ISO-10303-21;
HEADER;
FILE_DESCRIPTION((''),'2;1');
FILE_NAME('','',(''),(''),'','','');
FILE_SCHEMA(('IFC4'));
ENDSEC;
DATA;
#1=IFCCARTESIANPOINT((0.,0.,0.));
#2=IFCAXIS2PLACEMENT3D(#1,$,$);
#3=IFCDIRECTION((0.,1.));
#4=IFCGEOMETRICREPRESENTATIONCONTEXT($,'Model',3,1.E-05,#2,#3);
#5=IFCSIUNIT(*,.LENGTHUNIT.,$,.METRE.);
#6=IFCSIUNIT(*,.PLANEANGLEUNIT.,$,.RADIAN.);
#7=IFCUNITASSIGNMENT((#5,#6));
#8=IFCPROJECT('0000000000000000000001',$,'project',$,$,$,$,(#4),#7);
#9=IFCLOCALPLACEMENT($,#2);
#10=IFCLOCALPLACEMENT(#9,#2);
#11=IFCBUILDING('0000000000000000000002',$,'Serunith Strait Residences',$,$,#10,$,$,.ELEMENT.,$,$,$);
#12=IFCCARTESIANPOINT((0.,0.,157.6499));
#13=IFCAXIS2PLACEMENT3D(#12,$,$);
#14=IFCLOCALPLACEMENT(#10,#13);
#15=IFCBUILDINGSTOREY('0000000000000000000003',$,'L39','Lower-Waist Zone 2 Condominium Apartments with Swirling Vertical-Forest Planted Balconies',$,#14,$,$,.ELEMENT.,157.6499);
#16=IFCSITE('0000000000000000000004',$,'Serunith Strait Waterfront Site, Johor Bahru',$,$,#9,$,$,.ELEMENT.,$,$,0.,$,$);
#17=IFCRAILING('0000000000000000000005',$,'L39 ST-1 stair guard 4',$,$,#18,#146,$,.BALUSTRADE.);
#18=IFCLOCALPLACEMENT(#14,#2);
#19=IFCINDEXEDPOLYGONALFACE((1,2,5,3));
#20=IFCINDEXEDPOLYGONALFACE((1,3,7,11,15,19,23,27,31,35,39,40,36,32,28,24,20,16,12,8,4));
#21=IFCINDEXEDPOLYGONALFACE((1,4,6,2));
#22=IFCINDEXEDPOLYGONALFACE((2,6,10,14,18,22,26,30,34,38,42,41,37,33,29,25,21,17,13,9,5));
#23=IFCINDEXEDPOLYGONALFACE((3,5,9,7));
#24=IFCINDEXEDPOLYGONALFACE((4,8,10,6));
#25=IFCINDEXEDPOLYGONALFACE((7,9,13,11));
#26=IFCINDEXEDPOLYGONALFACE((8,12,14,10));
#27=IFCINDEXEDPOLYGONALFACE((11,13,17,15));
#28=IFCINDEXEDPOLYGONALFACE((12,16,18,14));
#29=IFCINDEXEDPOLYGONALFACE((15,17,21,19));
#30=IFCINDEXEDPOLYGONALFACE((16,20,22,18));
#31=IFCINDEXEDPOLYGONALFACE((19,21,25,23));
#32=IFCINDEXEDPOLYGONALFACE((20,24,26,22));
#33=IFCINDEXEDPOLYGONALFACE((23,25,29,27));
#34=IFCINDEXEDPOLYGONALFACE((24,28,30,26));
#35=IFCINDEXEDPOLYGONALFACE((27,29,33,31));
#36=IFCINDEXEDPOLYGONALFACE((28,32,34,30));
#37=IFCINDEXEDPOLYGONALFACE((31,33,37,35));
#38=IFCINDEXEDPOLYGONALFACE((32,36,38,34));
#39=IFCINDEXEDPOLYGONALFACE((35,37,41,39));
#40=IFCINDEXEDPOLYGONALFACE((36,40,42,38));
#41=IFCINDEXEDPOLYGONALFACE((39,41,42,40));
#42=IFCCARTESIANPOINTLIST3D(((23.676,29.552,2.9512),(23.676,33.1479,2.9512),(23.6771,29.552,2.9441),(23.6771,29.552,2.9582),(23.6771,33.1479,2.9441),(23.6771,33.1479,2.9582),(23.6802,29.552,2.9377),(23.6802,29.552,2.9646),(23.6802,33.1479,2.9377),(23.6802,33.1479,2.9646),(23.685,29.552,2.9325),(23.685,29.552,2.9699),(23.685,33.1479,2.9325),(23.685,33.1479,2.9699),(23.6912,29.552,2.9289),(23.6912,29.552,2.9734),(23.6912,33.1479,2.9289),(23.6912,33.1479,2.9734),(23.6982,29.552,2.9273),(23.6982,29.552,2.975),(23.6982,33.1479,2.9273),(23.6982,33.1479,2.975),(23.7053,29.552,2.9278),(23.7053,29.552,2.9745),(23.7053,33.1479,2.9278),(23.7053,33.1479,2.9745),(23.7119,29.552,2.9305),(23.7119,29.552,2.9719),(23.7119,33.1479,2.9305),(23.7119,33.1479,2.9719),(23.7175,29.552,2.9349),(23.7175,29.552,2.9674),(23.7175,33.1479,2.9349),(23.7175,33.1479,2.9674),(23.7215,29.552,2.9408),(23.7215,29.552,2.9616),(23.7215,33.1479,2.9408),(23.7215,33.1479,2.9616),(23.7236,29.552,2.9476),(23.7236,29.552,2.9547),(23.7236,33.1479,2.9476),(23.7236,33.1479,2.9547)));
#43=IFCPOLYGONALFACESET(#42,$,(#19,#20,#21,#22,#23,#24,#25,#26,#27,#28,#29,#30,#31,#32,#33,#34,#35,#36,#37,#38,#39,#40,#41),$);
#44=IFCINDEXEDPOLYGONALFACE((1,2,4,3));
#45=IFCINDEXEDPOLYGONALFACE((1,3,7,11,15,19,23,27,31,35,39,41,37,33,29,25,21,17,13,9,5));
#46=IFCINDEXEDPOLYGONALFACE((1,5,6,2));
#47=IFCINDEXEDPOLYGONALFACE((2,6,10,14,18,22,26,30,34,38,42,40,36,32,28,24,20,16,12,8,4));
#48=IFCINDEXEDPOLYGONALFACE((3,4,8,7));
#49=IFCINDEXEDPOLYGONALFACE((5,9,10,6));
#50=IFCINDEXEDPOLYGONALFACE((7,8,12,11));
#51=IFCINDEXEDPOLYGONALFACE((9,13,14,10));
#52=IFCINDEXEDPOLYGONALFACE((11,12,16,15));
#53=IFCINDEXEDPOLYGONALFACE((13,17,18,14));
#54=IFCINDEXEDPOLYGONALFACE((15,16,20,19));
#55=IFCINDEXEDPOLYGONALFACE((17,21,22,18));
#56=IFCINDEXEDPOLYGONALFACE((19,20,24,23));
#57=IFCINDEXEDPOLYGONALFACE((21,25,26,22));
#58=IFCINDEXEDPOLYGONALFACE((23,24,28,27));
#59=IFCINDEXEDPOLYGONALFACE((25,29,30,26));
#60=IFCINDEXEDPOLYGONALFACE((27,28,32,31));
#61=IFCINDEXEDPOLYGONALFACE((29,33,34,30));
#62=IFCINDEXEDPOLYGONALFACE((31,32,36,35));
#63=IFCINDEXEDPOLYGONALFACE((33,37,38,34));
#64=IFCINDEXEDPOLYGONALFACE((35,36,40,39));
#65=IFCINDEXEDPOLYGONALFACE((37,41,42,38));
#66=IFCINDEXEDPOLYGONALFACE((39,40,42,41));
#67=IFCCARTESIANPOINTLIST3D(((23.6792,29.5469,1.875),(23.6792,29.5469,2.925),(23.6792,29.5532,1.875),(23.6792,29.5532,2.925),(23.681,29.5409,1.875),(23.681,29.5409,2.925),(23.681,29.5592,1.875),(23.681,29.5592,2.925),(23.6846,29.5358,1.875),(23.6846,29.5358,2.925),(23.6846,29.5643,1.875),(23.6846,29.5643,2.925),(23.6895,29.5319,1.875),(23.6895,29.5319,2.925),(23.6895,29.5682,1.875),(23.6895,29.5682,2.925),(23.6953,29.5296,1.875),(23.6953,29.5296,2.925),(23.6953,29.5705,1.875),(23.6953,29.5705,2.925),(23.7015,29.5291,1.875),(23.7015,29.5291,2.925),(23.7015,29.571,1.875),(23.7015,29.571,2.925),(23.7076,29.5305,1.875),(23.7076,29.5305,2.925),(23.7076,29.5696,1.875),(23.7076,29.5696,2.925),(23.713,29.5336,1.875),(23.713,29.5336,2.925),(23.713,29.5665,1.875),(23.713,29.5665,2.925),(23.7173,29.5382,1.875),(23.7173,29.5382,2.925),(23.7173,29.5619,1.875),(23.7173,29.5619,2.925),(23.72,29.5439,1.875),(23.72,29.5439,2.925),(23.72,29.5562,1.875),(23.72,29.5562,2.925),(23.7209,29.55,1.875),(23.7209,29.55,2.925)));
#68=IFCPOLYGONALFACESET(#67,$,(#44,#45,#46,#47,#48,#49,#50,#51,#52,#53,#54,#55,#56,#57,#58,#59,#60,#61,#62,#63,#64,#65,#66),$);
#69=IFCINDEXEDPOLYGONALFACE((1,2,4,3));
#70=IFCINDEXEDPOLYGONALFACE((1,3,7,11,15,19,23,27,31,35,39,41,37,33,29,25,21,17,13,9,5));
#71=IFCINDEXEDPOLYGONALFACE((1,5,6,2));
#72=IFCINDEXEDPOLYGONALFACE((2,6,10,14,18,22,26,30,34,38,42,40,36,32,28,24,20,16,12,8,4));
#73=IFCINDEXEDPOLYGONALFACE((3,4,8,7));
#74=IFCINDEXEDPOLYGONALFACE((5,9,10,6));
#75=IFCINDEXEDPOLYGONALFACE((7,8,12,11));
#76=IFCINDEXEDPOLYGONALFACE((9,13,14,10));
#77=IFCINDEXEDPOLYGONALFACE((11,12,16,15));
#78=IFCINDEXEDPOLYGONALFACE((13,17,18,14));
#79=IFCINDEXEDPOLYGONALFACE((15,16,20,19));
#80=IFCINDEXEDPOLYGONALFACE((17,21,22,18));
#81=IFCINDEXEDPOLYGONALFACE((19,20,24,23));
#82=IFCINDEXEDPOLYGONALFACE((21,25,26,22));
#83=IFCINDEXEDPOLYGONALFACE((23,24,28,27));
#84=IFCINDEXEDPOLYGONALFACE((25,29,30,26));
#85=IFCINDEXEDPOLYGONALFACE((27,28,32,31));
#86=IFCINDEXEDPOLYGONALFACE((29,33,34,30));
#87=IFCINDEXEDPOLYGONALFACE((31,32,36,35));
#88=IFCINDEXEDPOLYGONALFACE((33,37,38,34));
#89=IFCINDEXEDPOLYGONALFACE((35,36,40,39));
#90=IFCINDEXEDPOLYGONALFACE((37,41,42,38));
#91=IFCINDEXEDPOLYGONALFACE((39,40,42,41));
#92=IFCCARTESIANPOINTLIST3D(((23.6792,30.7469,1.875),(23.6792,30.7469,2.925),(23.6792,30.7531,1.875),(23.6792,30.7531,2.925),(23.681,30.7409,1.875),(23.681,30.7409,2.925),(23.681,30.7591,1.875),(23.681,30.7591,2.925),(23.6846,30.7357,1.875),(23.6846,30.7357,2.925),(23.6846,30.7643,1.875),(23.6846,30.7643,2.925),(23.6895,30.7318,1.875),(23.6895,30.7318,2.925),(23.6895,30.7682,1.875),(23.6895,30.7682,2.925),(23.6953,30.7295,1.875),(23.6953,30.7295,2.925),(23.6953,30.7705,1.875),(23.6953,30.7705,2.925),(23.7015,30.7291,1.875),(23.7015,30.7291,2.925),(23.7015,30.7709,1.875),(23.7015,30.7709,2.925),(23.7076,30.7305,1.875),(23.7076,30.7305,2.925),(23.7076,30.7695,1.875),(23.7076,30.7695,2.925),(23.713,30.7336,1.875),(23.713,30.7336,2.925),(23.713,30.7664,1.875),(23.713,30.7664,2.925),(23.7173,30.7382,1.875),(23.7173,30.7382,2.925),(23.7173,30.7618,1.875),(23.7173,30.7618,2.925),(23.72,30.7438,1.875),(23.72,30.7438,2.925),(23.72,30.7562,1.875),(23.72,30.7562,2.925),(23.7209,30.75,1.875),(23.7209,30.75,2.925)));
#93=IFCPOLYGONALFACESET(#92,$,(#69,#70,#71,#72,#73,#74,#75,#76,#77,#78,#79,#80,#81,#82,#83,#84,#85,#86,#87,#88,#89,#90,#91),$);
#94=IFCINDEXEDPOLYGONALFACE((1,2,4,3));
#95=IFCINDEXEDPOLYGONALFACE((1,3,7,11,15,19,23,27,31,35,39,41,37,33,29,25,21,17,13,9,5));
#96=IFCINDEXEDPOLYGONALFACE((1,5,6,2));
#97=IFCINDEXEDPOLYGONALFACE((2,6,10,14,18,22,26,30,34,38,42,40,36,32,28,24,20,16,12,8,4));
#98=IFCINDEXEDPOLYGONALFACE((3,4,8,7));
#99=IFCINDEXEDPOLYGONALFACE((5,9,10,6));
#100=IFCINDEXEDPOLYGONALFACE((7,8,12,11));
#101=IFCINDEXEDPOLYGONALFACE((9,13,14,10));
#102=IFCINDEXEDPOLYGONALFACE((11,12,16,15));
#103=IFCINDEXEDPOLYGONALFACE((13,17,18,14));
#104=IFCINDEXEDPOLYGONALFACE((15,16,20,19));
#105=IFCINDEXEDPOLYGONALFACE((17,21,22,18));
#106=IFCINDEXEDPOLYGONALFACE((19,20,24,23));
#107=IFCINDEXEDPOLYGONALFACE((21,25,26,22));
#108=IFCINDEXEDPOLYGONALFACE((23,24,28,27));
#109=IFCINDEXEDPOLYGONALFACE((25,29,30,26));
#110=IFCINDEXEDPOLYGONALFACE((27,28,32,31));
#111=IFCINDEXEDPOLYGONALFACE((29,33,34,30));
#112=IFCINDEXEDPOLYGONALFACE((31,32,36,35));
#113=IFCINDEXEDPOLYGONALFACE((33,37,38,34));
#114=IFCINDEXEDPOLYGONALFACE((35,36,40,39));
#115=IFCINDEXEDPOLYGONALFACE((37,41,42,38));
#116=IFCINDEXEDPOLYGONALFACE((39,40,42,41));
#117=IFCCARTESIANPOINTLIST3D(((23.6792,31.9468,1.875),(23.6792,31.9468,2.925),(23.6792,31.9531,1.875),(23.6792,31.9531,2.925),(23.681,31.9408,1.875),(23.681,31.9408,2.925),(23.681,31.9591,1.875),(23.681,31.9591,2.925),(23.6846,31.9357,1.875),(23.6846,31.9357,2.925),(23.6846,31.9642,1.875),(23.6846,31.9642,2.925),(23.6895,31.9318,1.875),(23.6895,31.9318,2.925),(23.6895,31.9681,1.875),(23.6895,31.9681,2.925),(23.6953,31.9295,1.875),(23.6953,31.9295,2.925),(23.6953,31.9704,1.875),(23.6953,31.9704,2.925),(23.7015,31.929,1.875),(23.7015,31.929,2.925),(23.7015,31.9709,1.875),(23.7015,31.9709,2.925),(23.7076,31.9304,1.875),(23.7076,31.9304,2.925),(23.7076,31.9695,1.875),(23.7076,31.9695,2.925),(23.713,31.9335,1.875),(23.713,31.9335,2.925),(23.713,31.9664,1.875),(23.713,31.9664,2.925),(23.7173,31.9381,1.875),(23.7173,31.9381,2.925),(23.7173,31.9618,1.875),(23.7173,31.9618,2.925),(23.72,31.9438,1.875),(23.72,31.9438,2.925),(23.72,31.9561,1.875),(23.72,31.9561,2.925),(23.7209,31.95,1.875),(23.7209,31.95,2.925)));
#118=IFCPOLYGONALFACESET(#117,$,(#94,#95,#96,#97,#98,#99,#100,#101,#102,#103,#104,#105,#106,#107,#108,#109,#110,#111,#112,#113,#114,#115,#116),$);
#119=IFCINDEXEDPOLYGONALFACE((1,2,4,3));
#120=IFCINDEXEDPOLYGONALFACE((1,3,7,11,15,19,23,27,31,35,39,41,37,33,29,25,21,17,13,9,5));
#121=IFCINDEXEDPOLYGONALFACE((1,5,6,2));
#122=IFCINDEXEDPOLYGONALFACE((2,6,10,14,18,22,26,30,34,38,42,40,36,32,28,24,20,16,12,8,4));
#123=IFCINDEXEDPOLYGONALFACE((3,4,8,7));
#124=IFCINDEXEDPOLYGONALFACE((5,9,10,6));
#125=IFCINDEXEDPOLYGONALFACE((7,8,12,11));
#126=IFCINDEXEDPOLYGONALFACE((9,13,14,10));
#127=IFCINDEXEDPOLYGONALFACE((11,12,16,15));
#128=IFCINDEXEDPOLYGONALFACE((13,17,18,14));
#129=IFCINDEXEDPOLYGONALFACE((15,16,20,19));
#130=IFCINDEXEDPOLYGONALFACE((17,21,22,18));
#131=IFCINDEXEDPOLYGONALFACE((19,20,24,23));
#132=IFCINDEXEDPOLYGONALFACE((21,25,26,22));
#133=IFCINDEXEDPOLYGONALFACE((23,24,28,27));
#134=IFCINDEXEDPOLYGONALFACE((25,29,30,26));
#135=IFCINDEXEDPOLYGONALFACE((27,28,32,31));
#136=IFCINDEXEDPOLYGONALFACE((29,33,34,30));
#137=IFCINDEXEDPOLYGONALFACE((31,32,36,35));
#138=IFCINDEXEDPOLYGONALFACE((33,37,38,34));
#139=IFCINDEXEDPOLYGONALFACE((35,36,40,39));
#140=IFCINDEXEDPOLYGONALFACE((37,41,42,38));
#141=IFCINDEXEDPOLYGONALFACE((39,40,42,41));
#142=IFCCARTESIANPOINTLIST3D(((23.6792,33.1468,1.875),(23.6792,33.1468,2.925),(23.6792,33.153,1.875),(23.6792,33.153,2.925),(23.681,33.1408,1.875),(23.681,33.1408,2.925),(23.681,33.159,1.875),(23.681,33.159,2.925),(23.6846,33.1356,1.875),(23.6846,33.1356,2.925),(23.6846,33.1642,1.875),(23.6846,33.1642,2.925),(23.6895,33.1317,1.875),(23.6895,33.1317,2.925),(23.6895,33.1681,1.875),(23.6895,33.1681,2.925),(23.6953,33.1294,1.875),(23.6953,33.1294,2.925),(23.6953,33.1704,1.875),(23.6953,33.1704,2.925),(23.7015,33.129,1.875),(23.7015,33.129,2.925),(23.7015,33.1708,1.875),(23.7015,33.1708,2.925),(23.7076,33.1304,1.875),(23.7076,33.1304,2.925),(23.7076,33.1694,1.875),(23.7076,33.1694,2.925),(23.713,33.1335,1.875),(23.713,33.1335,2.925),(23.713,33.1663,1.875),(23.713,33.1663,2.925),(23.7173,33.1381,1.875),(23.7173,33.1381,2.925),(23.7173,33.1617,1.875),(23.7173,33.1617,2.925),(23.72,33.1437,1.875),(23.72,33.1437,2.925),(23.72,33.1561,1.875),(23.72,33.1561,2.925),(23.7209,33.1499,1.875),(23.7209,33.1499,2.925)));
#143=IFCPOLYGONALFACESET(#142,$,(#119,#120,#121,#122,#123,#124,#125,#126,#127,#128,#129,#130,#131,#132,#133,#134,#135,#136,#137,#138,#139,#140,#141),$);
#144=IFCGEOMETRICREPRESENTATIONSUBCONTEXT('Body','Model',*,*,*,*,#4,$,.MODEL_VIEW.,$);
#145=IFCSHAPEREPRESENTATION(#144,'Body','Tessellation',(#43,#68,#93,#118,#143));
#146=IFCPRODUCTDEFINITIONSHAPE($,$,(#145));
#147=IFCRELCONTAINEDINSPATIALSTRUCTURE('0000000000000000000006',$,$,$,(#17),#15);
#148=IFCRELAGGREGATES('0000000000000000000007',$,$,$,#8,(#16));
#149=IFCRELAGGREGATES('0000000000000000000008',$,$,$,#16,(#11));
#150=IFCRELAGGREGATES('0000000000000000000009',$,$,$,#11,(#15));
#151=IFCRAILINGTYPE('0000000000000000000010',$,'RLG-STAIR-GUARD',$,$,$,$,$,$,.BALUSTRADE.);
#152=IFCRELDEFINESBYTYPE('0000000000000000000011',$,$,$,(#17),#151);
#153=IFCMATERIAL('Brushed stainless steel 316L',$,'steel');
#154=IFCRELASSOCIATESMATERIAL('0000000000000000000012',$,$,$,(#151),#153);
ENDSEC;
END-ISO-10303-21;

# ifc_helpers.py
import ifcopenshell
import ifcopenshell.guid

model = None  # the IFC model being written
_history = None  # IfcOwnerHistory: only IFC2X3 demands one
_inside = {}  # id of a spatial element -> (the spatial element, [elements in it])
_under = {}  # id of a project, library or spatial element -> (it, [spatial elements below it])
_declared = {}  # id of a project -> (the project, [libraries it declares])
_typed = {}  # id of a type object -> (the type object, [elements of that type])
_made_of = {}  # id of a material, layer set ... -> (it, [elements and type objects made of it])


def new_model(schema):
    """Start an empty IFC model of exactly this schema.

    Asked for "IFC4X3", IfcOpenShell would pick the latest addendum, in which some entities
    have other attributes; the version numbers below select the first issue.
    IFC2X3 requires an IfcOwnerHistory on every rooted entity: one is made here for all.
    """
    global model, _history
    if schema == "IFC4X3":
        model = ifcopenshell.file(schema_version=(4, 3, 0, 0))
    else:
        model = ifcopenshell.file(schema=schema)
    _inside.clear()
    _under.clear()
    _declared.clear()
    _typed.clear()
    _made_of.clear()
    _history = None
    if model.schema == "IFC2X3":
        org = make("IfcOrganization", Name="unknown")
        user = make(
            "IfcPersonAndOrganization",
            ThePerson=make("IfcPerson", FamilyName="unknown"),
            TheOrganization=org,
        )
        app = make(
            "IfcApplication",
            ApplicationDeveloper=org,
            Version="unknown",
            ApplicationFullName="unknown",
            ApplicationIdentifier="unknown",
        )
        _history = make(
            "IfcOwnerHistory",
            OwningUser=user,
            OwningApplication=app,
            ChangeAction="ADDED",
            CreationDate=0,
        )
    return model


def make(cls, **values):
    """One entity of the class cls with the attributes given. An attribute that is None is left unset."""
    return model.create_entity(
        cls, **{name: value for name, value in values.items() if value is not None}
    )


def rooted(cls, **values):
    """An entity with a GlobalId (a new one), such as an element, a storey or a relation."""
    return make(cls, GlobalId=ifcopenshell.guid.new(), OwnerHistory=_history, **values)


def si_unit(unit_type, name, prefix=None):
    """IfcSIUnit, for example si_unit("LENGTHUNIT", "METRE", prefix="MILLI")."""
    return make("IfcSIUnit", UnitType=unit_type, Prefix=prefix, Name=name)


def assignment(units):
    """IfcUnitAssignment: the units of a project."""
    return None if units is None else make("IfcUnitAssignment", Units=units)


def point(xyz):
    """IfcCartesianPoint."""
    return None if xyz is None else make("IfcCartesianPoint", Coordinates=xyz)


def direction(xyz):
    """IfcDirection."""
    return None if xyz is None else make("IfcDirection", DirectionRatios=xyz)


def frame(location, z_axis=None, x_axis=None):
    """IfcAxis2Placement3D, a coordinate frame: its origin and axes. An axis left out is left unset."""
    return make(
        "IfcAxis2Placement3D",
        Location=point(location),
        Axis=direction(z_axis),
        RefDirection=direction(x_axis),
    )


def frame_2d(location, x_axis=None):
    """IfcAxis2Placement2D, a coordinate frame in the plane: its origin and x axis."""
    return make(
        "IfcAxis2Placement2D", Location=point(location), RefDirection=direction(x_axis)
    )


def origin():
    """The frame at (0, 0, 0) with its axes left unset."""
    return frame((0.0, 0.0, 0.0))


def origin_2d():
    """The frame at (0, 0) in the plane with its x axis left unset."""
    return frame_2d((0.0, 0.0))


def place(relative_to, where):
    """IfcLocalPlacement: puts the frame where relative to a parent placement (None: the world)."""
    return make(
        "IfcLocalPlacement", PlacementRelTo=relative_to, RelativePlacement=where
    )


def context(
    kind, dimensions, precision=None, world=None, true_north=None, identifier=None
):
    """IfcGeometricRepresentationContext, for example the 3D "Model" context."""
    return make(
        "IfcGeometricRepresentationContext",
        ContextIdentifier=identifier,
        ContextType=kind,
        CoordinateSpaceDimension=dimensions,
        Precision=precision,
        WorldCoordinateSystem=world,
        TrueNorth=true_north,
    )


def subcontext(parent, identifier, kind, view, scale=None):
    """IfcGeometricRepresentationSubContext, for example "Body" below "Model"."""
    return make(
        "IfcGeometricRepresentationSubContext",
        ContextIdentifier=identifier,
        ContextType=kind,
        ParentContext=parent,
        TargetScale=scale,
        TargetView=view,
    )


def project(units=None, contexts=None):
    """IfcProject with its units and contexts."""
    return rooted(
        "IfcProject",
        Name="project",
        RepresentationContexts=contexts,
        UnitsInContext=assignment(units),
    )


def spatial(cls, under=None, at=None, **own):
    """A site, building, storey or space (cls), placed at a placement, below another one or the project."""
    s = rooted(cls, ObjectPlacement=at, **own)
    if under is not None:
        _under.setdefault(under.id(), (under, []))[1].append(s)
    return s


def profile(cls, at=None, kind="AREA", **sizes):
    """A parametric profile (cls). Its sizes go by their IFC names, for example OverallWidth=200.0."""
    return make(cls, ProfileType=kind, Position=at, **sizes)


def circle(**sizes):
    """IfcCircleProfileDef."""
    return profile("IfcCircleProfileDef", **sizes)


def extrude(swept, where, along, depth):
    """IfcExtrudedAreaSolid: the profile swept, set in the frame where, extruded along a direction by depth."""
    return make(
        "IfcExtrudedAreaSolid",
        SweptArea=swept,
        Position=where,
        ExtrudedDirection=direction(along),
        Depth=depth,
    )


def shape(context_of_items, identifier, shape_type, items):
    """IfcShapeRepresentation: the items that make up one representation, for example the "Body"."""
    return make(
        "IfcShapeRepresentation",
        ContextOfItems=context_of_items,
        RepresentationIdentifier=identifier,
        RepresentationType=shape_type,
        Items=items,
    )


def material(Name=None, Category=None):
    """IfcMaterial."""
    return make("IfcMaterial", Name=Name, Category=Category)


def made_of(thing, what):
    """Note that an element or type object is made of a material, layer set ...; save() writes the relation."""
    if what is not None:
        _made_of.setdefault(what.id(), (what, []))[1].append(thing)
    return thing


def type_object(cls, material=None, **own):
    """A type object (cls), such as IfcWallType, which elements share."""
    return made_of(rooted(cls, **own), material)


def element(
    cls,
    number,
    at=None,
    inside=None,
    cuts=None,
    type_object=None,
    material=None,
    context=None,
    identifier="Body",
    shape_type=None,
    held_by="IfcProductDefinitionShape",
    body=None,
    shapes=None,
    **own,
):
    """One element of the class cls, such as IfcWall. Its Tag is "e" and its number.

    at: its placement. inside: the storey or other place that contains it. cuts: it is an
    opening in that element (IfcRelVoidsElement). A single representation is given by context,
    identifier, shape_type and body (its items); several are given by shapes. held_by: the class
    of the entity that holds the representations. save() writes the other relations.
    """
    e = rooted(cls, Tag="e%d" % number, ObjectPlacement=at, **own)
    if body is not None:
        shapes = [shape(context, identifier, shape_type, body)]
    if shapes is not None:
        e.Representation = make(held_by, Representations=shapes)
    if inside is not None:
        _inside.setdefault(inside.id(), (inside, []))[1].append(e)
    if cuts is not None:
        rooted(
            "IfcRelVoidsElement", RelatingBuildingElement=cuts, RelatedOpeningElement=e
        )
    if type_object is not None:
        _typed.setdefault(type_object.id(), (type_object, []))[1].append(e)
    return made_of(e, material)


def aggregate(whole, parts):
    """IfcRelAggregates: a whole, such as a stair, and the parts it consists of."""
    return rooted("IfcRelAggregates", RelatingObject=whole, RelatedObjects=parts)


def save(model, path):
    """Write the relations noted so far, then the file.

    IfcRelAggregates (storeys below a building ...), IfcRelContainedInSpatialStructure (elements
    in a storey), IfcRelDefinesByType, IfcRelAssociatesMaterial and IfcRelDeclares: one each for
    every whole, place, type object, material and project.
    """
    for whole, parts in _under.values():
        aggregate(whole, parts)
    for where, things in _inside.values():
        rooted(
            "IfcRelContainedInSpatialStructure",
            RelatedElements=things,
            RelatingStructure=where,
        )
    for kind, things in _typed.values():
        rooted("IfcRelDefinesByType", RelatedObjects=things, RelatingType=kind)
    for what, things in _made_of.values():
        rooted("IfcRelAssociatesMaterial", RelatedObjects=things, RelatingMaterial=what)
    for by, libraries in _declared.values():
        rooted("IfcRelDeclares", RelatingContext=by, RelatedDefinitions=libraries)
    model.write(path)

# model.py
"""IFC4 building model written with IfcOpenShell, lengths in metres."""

from ifc_helpers import new_model, si_unit, direction, frame, origin, origin_2d, place, context, subcontext, project, spatial, circle, extrude, material, type_object, element, save


model = new_model("IFC4")

# Units and contexts
model_context = context("Model", 3, precision=1e-05, world=origin(), true_north=direction((0.0, 1.0)))
body_context = subcontext(model_context, "Body", "Model", "MODEL_VIEW")
ifc_project = project(units=[si_unit("LENGTHUNIT", "METRE"), si_unit("PLANEANGLEUNIT", "RADIAN")], contexts=[model_context])

# Site, building, storey
site_placement = place(None, origin())
site = spatial("IfcSite", under=ifc_project, at=site_placement, Name="Serunith Strait Waterfront Site, Johor Bahru", CompositionType="ELEMENT", RefElevation=0.0)
building_placement = place(site_placement, origin())
building = spatial("IfcBuilding", under=site, at=building_placement, Name="Serunith Strait Residences", CompositionType="ELEMENT")
storey_placement = place(building_placement, frame((0.0, 0.0, 157.6499)))
storey = spatial("IfcBuildingStorey", under=building, at=storey_placement, Name="L39", Description="Lower-Waist Zone 2 Condominium Apartments with Swirling Vertical-Forest Planted Balconies", CompositionType="ELEMENT", Elevation=157.6499)

# Railing
ifc_material_1 = material(Name="Brushed stainless steel 316L", Category="steel")
railing_type_1 = type_object("IfcRailingType", Name="RLG-STAIR-GUARD", PredefinedType="BALUSTRADE", material=ifc_material_1)
for number, where, name in (
    (1, (23.7, 29.55, 1.875), "L39 ST-1 stair guard 4"),
):
    element("IfcRailing", number, at=place(storey_placement, frame(where)), inside=storey, type_object=railing_type_1, Name=name, PredefinedType="BALUSTRADE", context=body_context, shape_type="SweptSolid", body=[
        extrude(circle(Radius=0.0239, at=origin_2d()), frame((0.0, 0.002, 1.0762), z_axis=(0.0, 1.0, 0.0), x_axis=(-1.0, 0.0, 0.0)), (0.0, 0.0, 1.0), 3.5959),
        extrude(circle(Radius=0.021, at=origin_2d()), origin(), (0.0, 0.0, 1.0), 1.05),
        extrude(circle(Radius=0.021, at=origin_2d()), frame((0.0, 1.2, 0.0)), (0.0, 0.0, 1.0), 1.05),
        extrude(circle(Radius=0.021, at=origin_2d()), frame((0.0, 2.3999, 0.0)), (0.0, 0.0, 1.0), 1.05),
        extrude(circle(Radius=0.021, at=origin_2d()), frame((0.0, 3.5999, 0.0)), (0.0, 0.0, 1.0), 1.05),
    ])

save(model, "model.ifc")
